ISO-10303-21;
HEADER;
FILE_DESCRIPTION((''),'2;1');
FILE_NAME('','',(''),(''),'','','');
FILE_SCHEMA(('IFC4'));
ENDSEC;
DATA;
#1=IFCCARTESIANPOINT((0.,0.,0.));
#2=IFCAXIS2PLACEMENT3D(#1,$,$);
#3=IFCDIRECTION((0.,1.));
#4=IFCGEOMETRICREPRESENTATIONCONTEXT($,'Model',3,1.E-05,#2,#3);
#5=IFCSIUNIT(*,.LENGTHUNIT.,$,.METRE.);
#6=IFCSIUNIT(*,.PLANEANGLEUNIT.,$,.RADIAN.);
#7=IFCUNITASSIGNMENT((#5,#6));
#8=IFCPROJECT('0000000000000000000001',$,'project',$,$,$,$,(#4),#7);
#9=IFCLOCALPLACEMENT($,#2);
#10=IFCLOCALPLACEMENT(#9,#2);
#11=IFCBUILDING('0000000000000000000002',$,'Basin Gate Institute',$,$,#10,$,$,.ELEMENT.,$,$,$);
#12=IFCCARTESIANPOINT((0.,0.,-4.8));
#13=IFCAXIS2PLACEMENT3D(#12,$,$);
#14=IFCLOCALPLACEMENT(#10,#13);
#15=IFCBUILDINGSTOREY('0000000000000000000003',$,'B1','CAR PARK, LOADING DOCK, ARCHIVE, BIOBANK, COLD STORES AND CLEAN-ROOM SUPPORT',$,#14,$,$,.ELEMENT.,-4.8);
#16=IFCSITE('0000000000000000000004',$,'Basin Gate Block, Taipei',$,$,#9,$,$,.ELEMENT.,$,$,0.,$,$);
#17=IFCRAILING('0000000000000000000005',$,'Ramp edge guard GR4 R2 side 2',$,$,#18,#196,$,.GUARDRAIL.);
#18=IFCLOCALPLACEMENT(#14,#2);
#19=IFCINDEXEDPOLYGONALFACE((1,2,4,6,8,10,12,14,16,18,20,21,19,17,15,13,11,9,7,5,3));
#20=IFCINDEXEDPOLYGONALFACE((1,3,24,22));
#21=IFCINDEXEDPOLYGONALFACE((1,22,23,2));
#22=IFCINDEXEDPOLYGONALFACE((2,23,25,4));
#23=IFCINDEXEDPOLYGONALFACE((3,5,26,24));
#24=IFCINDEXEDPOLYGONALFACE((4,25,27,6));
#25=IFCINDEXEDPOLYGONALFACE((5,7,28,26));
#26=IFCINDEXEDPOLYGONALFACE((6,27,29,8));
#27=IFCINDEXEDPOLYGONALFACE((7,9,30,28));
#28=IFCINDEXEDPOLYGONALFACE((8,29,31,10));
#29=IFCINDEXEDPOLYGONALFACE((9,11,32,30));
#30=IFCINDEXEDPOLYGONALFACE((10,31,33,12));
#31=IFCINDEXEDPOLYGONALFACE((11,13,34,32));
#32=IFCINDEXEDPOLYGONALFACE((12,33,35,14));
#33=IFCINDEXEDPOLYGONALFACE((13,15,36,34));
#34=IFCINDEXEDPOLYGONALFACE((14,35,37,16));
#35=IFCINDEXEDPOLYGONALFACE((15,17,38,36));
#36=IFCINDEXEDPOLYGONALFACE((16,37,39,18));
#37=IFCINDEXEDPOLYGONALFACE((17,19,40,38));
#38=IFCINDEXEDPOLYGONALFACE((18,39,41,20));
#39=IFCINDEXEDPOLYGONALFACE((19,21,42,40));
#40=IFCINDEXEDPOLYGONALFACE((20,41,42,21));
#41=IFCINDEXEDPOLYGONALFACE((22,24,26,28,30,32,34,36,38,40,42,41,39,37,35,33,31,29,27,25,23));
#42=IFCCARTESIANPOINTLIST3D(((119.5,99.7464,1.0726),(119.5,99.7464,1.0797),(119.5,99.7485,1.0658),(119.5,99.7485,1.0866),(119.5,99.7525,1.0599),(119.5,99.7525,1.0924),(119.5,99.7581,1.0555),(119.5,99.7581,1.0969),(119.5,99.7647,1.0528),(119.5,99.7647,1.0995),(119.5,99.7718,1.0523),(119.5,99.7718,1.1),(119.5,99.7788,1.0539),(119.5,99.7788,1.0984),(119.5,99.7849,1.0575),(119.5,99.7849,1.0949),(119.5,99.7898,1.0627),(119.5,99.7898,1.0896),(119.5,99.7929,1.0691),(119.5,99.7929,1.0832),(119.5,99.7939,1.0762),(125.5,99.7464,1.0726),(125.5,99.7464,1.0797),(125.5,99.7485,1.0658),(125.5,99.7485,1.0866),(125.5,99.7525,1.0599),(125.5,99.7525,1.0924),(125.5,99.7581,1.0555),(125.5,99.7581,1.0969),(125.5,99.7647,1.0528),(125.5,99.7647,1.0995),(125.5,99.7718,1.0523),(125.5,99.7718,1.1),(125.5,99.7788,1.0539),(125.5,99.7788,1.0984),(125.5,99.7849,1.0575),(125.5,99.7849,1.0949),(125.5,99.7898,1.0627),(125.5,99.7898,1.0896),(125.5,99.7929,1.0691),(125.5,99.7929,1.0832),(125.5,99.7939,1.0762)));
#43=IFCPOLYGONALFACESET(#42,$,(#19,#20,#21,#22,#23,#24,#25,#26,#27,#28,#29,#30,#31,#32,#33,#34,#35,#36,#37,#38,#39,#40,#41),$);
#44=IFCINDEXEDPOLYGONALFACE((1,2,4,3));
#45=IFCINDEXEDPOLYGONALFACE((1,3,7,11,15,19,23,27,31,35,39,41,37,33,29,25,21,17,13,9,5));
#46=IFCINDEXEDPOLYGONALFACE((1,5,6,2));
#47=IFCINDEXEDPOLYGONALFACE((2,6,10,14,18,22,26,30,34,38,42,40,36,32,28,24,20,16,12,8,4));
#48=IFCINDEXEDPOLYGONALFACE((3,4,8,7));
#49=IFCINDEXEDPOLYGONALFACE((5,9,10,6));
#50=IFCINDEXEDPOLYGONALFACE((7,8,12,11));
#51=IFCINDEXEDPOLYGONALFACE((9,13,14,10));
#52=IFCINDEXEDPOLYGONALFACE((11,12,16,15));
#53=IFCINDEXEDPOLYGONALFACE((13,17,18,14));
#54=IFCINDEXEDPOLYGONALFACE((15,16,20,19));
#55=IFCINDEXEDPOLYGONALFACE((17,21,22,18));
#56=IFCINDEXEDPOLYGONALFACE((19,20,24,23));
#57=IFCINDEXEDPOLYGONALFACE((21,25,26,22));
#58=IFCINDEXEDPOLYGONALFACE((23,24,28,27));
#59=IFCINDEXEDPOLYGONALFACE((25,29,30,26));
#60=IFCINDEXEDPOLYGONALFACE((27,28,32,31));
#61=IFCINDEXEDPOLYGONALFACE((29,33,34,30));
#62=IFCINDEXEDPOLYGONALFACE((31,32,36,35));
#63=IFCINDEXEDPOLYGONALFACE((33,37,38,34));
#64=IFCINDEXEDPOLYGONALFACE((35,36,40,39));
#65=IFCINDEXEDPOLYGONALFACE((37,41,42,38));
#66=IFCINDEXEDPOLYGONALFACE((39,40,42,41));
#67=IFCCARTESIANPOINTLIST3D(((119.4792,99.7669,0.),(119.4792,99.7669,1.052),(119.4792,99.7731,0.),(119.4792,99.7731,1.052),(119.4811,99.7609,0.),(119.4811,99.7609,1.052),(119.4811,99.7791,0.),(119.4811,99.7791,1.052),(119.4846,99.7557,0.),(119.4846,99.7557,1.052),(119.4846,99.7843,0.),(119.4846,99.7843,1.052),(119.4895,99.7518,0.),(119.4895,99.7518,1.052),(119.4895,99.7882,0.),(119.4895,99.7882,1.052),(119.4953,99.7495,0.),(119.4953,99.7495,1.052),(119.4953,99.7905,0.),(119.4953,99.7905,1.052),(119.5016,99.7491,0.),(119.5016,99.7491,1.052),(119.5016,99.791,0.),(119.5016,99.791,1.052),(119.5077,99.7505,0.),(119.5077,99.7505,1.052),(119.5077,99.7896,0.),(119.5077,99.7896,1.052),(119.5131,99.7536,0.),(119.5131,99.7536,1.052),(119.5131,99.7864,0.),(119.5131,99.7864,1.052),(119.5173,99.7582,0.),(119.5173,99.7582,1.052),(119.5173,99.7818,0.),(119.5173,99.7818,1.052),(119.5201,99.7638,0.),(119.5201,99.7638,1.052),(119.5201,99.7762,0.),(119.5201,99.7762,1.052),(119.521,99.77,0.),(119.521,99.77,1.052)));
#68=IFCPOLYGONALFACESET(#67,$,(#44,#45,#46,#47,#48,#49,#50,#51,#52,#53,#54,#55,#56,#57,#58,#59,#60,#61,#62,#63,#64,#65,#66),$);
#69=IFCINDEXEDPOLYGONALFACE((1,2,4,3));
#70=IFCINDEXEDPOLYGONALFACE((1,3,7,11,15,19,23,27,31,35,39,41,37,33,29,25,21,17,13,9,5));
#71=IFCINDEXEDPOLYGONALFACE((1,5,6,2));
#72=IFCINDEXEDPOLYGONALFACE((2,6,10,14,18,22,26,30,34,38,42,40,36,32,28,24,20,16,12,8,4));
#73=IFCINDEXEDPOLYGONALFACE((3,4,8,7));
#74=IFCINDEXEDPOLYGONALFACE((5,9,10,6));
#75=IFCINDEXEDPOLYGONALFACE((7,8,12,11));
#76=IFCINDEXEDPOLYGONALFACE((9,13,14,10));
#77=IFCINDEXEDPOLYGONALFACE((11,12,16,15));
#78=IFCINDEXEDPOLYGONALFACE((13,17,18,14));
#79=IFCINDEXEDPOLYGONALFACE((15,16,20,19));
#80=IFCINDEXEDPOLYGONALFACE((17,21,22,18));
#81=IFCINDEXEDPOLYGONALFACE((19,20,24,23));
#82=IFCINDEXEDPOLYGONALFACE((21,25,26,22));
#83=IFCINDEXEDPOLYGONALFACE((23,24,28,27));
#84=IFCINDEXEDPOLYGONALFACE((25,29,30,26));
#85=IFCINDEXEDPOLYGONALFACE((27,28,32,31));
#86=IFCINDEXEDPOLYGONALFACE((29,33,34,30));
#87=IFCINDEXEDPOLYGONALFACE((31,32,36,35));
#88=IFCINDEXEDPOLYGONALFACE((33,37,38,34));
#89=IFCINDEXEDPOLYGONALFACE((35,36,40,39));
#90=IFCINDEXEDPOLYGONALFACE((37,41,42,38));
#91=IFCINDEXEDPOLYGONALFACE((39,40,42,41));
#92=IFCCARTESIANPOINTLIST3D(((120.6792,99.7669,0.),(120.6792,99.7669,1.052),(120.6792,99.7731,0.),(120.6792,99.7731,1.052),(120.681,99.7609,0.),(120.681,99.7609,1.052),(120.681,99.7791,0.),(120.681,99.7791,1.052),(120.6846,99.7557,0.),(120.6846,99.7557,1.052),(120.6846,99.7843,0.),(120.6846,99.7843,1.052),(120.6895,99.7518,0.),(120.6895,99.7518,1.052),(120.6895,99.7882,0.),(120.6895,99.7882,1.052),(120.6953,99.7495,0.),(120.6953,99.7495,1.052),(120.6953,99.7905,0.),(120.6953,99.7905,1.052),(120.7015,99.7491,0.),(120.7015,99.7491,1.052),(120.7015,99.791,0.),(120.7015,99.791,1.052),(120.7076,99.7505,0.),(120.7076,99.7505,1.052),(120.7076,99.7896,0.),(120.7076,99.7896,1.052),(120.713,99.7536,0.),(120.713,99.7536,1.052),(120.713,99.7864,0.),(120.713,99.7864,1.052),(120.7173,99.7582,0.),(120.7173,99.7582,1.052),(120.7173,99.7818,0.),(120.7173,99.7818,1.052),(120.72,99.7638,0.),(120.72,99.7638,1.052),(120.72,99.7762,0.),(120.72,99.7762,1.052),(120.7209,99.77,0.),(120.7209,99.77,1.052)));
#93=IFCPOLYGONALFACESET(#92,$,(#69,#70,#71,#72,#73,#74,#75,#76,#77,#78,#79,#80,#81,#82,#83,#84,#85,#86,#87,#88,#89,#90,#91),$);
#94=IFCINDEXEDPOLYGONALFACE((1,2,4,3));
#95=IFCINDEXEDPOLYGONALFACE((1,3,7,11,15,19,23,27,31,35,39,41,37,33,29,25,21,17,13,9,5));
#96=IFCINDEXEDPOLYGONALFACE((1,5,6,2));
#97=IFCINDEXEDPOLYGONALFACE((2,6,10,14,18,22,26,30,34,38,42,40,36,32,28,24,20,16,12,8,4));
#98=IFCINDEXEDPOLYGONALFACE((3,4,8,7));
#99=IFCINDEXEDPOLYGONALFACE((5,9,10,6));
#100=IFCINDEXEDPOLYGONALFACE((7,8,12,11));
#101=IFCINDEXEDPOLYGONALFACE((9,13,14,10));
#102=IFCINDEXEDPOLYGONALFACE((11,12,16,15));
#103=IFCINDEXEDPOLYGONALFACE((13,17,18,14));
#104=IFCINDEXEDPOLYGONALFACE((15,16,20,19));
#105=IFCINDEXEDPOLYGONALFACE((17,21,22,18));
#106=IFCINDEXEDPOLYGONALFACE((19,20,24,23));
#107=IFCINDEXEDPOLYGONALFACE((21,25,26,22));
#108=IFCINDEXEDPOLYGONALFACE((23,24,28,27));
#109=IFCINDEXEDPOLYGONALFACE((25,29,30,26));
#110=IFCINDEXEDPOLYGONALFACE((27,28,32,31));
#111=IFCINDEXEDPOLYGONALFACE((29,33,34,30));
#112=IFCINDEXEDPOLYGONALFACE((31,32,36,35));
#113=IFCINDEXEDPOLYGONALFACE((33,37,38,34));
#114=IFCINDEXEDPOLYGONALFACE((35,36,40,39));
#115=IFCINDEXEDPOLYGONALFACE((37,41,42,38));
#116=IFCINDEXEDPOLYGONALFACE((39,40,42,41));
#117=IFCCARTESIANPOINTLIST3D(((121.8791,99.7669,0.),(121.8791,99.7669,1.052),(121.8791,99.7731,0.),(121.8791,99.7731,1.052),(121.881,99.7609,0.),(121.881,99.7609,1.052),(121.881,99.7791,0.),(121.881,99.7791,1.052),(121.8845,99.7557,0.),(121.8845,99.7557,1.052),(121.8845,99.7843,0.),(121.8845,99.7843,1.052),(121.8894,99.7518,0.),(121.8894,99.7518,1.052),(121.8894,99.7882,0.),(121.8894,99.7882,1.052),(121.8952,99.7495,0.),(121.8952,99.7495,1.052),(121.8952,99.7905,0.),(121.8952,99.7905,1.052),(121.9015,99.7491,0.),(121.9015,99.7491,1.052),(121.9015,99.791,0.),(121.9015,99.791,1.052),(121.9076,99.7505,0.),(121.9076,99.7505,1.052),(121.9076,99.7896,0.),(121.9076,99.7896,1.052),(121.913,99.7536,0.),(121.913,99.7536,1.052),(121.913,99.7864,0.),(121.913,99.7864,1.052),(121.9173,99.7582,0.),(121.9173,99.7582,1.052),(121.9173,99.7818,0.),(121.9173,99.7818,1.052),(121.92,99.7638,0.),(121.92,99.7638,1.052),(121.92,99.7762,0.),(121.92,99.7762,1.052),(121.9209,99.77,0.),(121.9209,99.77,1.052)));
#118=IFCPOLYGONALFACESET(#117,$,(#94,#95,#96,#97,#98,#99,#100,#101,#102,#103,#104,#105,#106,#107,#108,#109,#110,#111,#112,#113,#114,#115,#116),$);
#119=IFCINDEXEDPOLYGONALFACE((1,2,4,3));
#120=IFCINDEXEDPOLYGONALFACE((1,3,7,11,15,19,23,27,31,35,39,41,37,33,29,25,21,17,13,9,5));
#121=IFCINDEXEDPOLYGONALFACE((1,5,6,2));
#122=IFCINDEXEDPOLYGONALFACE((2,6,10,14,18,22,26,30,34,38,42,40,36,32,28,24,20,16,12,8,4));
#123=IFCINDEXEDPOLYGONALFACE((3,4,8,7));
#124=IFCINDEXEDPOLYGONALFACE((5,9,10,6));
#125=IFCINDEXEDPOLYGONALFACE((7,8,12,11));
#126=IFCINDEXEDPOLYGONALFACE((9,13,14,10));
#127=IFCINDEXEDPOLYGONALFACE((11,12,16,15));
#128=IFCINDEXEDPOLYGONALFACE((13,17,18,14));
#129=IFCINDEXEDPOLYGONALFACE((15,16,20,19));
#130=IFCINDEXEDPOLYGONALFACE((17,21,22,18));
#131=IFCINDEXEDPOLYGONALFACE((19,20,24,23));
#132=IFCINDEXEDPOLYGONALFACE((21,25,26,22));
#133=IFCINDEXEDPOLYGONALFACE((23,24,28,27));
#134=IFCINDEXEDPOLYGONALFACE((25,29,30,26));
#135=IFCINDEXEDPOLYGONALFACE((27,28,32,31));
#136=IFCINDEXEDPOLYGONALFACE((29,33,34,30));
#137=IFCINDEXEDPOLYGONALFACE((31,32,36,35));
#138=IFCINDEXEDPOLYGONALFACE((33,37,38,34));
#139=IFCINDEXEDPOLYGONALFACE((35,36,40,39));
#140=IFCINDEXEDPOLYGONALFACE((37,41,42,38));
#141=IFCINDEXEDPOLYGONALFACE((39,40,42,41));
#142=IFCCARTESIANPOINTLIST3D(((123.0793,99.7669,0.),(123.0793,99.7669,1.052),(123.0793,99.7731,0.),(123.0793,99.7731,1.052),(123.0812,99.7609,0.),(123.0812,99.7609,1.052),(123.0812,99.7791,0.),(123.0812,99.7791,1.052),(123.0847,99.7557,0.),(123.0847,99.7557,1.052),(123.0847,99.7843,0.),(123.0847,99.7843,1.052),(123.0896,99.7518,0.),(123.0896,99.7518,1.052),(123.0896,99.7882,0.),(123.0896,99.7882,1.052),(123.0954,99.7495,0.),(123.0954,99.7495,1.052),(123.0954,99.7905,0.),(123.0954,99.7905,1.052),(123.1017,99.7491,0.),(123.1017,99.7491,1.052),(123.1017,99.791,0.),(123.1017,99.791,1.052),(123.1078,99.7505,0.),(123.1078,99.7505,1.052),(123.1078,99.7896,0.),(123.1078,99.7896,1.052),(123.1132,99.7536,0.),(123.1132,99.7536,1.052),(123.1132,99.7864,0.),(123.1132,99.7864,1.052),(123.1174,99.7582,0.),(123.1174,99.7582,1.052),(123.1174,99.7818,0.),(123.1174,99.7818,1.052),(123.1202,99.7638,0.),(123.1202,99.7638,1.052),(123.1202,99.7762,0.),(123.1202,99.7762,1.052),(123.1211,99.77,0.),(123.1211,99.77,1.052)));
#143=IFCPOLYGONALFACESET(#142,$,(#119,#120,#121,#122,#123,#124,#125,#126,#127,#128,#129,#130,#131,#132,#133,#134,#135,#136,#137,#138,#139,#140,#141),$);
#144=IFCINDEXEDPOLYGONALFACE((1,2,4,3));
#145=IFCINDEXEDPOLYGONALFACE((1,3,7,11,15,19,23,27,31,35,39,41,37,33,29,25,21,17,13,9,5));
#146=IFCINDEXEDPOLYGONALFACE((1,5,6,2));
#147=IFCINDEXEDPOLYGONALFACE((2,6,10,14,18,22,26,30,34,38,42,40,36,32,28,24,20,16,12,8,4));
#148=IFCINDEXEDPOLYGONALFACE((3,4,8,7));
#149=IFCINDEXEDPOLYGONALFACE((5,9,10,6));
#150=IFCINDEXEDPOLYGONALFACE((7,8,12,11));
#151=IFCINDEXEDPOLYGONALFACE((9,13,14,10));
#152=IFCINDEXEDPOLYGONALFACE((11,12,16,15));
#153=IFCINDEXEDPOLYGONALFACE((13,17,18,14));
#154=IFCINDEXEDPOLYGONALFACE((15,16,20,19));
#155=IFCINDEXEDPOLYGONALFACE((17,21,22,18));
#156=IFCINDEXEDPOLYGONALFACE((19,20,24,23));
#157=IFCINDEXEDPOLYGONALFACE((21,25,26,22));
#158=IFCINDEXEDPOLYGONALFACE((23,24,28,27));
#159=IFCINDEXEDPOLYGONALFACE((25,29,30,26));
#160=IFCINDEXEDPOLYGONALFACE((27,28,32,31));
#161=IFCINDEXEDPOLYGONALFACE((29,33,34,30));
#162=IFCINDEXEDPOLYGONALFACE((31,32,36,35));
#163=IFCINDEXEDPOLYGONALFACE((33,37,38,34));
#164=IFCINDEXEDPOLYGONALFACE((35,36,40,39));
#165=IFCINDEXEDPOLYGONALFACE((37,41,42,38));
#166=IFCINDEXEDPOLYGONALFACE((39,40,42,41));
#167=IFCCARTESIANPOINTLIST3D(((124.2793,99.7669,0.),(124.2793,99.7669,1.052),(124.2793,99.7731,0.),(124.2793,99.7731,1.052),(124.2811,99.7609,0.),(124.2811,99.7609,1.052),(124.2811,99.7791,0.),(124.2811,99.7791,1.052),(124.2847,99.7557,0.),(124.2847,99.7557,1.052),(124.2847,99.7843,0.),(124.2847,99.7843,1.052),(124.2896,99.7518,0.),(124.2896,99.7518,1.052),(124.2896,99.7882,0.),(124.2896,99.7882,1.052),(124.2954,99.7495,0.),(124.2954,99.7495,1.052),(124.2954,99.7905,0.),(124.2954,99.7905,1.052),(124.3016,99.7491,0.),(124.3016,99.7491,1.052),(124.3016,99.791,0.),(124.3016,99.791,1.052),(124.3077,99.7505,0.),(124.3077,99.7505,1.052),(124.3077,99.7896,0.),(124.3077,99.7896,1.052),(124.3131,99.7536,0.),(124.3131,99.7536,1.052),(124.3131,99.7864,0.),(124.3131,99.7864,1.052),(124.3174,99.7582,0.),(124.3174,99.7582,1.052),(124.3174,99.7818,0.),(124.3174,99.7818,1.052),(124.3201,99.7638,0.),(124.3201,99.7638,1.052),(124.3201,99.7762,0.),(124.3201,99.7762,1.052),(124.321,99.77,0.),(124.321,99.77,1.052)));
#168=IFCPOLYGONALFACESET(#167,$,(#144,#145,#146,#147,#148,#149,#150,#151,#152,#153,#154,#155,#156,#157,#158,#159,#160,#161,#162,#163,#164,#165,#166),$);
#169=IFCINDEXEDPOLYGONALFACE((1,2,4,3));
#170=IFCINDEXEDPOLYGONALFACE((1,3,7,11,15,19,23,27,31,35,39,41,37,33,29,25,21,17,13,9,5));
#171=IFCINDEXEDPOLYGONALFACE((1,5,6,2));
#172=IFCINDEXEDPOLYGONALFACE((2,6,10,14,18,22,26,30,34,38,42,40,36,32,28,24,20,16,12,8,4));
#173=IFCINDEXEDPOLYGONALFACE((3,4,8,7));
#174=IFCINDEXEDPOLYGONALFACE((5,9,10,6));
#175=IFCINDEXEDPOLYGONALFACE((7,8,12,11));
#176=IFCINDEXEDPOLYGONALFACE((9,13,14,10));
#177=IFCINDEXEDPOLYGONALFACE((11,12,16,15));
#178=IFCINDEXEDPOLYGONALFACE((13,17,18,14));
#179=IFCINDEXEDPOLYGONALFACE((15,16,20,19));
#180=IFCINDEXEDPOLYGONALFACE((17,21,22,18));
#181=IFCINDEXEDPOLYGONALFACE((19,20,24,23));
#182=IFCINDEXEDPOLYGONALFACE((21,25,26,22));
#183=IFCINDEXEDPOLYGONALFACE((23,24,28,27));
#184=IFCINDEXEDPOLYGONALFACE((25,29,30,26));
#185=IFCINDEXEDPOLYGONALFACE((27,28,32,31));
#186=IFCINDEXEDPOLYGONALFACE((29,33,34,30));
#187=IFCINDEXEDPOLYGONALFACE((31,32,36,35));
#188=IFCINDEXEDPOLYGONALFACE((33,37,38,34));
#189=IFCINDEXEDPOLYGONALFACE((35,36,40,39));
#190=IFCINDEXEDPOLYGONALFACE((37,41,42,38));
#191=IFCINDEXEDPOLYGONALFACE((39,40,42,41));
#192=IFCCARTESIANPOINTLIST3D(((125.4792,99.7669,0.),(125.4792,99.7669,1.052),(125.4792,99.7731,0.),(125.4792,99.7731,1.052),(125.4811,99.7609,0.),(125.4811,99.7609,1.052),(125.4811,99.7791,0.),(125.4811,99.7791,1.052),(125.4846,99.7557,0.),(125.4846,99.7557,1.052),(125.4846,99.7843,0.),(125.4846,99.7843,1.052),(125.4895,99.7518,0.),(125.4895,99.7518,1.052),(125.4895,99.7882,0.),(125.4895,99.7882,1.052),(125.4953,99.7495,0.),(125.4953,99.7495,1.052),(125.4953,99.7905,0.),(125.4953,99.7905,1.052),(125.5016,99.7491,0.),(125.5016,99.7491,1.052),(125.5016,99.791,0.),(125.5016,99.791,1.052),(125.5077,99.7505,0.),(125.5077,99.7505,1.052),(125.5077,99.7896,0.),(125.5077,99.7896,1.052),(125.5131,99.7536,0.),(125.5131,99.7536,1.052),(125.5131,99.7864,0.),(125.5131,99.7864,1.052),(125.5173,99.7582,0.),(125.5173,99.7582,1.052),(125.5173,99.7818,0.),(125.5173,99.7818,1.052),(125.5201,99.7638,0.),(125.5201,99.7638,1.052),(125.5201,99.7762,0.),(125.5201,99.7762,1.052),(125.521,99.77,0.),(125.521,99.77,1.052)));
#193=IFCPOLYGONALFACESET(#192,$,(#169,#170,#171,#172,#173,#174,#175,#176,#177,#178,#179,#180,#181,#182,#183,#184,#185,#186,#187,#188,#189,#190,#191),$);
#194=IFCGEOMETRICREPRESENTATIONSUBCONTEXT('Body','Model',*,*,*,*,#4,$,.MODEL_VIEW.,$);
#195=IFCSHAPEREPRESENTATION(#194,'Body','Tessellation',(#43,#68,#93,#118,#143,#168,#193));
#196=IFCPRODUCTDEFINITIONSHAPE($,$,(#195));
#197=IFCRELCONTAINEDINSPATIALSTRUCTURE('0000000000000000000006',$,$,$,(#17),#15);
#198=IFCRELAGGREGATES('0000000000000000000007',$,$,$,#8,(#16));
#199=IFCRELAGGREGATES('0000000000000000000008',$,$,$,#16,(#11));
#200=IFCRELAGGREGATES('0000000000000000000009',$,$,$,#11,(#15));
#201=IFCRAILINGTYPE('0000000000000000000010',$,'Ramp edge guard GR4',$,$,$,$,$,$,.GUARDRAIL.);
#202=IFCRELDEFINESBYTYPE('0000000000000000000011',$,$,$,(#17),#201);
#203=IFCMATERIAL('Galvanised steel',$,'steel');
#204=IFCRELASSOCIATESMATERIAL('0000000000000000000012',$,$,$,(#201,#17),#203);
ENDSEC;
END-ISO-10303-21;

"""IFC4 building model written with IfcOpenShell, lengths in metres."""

from ifc_helpers import new_model, si_unit, direction, frame, origin, origin_2d, place, context, subcontext, project, spatial, circle, extrude, material, type_object, element, save


model = new_model("IFC4")

# Units and contexts
model_context = context("Model", 3, precision=1e-05, world=origin(), true_north=direction((0.0, 1.0)))
body_context = subcontext(model_context, "Body", "Model", "MODEL_VIEW")
ifc_project = project(units=[si_unit("LENGTHUNIT", "METRE"), si_unit("PLANEANGLEUNIT", "RADIAN")], contexts=[model_context])

# Site, building, storey
site_placement = place(None, origin())
site = spatial("IfcSite", under=ifc_project, at=site_placement, Name="Basin Gate Block, Taipei", CompositionType="ELEMENT", RefElevation=0.0)
building_placement = place(site_placement, origin())
building = spatial("IfcBuilding", under=site, at=building_placement, Name="Basin Gate Institute", CompositionType="ELEMENT")
storey_placement = place(building_placement, frame((0.0, 0.0, -4.8)))
storey = spatial("IfcBuildingStorey", under=building, at=storey_placement, Name="B1", Description="CAR PARK, LOADING DOCK, ARCHIVE, BIOBANK, COLD STORES AND CLEAN-ROOM SUPPORT", CompositionType="ELEMENT", Elevation=-4.8)

# Railing
ifc_material_1 = material(Name="Galvanised steel", Category="steel")
railing_type_1 = type_object("IfcRailingType", Name="Ramp edge guard GR4", PredefinedType="GUARDRAIL", material=ifc_material_1)
railing_1_placement = place(storey_placement, frame((119.5, 99.77, 0.0)))
element("IfcRailing", 1, at=railing_1_placement, inside=storey, type_object=railing_type_1, material=ifc_material_1, Name="Ramp edge guard GR4 R2 side 2", PredefinedType="GUARDRAIL", context=body_context, shape_type="SweptSolid", body=[
    extrude(circle(Radius=0.0239, at=origin_2d()), frame((0.0, 0.0, 1.0762), z_axis=(1.0, 0.0, 0.0), x_axis=(0.0, 1.0, 0.0)), (0.0, 0.0, 1.0), 6.0),
    extrude(circle(Radius=0.021, at=origin_2d()), origin(), (0.0, 0.0, 1.0), 1.052),
    extrude(circle(Radius=0.021, at=origin_2d()), frame((1.2, 0.0, 0.0)), (0.0, 0.0, 1.0), 1.052),
    extrude(circle(Radius=0.021, at=origin_2d()), frame((2.3999, 0.0, 0.0)), (0.0, 0.0, 1.0), 1.052),
    extrude(circle(Radius=0.021, at=origin_2d()), frame((3.6001, 0.0, 0.0)), (0.0, 0.0, 1.0), 1.052),
    extrude(circle(Radius=0.021, at=origin_2d()), frame((4.8, 0.0, 0.0)), (0.0, 0.0, 1.0), 1.052),
    extrude(circle(Radius=0.021, at=origin_2d()), frame((6.0, 0.0, 0.0)), (0.0, 0.0, 1.0), 1.052),
])

save(model, "model.ifc")
